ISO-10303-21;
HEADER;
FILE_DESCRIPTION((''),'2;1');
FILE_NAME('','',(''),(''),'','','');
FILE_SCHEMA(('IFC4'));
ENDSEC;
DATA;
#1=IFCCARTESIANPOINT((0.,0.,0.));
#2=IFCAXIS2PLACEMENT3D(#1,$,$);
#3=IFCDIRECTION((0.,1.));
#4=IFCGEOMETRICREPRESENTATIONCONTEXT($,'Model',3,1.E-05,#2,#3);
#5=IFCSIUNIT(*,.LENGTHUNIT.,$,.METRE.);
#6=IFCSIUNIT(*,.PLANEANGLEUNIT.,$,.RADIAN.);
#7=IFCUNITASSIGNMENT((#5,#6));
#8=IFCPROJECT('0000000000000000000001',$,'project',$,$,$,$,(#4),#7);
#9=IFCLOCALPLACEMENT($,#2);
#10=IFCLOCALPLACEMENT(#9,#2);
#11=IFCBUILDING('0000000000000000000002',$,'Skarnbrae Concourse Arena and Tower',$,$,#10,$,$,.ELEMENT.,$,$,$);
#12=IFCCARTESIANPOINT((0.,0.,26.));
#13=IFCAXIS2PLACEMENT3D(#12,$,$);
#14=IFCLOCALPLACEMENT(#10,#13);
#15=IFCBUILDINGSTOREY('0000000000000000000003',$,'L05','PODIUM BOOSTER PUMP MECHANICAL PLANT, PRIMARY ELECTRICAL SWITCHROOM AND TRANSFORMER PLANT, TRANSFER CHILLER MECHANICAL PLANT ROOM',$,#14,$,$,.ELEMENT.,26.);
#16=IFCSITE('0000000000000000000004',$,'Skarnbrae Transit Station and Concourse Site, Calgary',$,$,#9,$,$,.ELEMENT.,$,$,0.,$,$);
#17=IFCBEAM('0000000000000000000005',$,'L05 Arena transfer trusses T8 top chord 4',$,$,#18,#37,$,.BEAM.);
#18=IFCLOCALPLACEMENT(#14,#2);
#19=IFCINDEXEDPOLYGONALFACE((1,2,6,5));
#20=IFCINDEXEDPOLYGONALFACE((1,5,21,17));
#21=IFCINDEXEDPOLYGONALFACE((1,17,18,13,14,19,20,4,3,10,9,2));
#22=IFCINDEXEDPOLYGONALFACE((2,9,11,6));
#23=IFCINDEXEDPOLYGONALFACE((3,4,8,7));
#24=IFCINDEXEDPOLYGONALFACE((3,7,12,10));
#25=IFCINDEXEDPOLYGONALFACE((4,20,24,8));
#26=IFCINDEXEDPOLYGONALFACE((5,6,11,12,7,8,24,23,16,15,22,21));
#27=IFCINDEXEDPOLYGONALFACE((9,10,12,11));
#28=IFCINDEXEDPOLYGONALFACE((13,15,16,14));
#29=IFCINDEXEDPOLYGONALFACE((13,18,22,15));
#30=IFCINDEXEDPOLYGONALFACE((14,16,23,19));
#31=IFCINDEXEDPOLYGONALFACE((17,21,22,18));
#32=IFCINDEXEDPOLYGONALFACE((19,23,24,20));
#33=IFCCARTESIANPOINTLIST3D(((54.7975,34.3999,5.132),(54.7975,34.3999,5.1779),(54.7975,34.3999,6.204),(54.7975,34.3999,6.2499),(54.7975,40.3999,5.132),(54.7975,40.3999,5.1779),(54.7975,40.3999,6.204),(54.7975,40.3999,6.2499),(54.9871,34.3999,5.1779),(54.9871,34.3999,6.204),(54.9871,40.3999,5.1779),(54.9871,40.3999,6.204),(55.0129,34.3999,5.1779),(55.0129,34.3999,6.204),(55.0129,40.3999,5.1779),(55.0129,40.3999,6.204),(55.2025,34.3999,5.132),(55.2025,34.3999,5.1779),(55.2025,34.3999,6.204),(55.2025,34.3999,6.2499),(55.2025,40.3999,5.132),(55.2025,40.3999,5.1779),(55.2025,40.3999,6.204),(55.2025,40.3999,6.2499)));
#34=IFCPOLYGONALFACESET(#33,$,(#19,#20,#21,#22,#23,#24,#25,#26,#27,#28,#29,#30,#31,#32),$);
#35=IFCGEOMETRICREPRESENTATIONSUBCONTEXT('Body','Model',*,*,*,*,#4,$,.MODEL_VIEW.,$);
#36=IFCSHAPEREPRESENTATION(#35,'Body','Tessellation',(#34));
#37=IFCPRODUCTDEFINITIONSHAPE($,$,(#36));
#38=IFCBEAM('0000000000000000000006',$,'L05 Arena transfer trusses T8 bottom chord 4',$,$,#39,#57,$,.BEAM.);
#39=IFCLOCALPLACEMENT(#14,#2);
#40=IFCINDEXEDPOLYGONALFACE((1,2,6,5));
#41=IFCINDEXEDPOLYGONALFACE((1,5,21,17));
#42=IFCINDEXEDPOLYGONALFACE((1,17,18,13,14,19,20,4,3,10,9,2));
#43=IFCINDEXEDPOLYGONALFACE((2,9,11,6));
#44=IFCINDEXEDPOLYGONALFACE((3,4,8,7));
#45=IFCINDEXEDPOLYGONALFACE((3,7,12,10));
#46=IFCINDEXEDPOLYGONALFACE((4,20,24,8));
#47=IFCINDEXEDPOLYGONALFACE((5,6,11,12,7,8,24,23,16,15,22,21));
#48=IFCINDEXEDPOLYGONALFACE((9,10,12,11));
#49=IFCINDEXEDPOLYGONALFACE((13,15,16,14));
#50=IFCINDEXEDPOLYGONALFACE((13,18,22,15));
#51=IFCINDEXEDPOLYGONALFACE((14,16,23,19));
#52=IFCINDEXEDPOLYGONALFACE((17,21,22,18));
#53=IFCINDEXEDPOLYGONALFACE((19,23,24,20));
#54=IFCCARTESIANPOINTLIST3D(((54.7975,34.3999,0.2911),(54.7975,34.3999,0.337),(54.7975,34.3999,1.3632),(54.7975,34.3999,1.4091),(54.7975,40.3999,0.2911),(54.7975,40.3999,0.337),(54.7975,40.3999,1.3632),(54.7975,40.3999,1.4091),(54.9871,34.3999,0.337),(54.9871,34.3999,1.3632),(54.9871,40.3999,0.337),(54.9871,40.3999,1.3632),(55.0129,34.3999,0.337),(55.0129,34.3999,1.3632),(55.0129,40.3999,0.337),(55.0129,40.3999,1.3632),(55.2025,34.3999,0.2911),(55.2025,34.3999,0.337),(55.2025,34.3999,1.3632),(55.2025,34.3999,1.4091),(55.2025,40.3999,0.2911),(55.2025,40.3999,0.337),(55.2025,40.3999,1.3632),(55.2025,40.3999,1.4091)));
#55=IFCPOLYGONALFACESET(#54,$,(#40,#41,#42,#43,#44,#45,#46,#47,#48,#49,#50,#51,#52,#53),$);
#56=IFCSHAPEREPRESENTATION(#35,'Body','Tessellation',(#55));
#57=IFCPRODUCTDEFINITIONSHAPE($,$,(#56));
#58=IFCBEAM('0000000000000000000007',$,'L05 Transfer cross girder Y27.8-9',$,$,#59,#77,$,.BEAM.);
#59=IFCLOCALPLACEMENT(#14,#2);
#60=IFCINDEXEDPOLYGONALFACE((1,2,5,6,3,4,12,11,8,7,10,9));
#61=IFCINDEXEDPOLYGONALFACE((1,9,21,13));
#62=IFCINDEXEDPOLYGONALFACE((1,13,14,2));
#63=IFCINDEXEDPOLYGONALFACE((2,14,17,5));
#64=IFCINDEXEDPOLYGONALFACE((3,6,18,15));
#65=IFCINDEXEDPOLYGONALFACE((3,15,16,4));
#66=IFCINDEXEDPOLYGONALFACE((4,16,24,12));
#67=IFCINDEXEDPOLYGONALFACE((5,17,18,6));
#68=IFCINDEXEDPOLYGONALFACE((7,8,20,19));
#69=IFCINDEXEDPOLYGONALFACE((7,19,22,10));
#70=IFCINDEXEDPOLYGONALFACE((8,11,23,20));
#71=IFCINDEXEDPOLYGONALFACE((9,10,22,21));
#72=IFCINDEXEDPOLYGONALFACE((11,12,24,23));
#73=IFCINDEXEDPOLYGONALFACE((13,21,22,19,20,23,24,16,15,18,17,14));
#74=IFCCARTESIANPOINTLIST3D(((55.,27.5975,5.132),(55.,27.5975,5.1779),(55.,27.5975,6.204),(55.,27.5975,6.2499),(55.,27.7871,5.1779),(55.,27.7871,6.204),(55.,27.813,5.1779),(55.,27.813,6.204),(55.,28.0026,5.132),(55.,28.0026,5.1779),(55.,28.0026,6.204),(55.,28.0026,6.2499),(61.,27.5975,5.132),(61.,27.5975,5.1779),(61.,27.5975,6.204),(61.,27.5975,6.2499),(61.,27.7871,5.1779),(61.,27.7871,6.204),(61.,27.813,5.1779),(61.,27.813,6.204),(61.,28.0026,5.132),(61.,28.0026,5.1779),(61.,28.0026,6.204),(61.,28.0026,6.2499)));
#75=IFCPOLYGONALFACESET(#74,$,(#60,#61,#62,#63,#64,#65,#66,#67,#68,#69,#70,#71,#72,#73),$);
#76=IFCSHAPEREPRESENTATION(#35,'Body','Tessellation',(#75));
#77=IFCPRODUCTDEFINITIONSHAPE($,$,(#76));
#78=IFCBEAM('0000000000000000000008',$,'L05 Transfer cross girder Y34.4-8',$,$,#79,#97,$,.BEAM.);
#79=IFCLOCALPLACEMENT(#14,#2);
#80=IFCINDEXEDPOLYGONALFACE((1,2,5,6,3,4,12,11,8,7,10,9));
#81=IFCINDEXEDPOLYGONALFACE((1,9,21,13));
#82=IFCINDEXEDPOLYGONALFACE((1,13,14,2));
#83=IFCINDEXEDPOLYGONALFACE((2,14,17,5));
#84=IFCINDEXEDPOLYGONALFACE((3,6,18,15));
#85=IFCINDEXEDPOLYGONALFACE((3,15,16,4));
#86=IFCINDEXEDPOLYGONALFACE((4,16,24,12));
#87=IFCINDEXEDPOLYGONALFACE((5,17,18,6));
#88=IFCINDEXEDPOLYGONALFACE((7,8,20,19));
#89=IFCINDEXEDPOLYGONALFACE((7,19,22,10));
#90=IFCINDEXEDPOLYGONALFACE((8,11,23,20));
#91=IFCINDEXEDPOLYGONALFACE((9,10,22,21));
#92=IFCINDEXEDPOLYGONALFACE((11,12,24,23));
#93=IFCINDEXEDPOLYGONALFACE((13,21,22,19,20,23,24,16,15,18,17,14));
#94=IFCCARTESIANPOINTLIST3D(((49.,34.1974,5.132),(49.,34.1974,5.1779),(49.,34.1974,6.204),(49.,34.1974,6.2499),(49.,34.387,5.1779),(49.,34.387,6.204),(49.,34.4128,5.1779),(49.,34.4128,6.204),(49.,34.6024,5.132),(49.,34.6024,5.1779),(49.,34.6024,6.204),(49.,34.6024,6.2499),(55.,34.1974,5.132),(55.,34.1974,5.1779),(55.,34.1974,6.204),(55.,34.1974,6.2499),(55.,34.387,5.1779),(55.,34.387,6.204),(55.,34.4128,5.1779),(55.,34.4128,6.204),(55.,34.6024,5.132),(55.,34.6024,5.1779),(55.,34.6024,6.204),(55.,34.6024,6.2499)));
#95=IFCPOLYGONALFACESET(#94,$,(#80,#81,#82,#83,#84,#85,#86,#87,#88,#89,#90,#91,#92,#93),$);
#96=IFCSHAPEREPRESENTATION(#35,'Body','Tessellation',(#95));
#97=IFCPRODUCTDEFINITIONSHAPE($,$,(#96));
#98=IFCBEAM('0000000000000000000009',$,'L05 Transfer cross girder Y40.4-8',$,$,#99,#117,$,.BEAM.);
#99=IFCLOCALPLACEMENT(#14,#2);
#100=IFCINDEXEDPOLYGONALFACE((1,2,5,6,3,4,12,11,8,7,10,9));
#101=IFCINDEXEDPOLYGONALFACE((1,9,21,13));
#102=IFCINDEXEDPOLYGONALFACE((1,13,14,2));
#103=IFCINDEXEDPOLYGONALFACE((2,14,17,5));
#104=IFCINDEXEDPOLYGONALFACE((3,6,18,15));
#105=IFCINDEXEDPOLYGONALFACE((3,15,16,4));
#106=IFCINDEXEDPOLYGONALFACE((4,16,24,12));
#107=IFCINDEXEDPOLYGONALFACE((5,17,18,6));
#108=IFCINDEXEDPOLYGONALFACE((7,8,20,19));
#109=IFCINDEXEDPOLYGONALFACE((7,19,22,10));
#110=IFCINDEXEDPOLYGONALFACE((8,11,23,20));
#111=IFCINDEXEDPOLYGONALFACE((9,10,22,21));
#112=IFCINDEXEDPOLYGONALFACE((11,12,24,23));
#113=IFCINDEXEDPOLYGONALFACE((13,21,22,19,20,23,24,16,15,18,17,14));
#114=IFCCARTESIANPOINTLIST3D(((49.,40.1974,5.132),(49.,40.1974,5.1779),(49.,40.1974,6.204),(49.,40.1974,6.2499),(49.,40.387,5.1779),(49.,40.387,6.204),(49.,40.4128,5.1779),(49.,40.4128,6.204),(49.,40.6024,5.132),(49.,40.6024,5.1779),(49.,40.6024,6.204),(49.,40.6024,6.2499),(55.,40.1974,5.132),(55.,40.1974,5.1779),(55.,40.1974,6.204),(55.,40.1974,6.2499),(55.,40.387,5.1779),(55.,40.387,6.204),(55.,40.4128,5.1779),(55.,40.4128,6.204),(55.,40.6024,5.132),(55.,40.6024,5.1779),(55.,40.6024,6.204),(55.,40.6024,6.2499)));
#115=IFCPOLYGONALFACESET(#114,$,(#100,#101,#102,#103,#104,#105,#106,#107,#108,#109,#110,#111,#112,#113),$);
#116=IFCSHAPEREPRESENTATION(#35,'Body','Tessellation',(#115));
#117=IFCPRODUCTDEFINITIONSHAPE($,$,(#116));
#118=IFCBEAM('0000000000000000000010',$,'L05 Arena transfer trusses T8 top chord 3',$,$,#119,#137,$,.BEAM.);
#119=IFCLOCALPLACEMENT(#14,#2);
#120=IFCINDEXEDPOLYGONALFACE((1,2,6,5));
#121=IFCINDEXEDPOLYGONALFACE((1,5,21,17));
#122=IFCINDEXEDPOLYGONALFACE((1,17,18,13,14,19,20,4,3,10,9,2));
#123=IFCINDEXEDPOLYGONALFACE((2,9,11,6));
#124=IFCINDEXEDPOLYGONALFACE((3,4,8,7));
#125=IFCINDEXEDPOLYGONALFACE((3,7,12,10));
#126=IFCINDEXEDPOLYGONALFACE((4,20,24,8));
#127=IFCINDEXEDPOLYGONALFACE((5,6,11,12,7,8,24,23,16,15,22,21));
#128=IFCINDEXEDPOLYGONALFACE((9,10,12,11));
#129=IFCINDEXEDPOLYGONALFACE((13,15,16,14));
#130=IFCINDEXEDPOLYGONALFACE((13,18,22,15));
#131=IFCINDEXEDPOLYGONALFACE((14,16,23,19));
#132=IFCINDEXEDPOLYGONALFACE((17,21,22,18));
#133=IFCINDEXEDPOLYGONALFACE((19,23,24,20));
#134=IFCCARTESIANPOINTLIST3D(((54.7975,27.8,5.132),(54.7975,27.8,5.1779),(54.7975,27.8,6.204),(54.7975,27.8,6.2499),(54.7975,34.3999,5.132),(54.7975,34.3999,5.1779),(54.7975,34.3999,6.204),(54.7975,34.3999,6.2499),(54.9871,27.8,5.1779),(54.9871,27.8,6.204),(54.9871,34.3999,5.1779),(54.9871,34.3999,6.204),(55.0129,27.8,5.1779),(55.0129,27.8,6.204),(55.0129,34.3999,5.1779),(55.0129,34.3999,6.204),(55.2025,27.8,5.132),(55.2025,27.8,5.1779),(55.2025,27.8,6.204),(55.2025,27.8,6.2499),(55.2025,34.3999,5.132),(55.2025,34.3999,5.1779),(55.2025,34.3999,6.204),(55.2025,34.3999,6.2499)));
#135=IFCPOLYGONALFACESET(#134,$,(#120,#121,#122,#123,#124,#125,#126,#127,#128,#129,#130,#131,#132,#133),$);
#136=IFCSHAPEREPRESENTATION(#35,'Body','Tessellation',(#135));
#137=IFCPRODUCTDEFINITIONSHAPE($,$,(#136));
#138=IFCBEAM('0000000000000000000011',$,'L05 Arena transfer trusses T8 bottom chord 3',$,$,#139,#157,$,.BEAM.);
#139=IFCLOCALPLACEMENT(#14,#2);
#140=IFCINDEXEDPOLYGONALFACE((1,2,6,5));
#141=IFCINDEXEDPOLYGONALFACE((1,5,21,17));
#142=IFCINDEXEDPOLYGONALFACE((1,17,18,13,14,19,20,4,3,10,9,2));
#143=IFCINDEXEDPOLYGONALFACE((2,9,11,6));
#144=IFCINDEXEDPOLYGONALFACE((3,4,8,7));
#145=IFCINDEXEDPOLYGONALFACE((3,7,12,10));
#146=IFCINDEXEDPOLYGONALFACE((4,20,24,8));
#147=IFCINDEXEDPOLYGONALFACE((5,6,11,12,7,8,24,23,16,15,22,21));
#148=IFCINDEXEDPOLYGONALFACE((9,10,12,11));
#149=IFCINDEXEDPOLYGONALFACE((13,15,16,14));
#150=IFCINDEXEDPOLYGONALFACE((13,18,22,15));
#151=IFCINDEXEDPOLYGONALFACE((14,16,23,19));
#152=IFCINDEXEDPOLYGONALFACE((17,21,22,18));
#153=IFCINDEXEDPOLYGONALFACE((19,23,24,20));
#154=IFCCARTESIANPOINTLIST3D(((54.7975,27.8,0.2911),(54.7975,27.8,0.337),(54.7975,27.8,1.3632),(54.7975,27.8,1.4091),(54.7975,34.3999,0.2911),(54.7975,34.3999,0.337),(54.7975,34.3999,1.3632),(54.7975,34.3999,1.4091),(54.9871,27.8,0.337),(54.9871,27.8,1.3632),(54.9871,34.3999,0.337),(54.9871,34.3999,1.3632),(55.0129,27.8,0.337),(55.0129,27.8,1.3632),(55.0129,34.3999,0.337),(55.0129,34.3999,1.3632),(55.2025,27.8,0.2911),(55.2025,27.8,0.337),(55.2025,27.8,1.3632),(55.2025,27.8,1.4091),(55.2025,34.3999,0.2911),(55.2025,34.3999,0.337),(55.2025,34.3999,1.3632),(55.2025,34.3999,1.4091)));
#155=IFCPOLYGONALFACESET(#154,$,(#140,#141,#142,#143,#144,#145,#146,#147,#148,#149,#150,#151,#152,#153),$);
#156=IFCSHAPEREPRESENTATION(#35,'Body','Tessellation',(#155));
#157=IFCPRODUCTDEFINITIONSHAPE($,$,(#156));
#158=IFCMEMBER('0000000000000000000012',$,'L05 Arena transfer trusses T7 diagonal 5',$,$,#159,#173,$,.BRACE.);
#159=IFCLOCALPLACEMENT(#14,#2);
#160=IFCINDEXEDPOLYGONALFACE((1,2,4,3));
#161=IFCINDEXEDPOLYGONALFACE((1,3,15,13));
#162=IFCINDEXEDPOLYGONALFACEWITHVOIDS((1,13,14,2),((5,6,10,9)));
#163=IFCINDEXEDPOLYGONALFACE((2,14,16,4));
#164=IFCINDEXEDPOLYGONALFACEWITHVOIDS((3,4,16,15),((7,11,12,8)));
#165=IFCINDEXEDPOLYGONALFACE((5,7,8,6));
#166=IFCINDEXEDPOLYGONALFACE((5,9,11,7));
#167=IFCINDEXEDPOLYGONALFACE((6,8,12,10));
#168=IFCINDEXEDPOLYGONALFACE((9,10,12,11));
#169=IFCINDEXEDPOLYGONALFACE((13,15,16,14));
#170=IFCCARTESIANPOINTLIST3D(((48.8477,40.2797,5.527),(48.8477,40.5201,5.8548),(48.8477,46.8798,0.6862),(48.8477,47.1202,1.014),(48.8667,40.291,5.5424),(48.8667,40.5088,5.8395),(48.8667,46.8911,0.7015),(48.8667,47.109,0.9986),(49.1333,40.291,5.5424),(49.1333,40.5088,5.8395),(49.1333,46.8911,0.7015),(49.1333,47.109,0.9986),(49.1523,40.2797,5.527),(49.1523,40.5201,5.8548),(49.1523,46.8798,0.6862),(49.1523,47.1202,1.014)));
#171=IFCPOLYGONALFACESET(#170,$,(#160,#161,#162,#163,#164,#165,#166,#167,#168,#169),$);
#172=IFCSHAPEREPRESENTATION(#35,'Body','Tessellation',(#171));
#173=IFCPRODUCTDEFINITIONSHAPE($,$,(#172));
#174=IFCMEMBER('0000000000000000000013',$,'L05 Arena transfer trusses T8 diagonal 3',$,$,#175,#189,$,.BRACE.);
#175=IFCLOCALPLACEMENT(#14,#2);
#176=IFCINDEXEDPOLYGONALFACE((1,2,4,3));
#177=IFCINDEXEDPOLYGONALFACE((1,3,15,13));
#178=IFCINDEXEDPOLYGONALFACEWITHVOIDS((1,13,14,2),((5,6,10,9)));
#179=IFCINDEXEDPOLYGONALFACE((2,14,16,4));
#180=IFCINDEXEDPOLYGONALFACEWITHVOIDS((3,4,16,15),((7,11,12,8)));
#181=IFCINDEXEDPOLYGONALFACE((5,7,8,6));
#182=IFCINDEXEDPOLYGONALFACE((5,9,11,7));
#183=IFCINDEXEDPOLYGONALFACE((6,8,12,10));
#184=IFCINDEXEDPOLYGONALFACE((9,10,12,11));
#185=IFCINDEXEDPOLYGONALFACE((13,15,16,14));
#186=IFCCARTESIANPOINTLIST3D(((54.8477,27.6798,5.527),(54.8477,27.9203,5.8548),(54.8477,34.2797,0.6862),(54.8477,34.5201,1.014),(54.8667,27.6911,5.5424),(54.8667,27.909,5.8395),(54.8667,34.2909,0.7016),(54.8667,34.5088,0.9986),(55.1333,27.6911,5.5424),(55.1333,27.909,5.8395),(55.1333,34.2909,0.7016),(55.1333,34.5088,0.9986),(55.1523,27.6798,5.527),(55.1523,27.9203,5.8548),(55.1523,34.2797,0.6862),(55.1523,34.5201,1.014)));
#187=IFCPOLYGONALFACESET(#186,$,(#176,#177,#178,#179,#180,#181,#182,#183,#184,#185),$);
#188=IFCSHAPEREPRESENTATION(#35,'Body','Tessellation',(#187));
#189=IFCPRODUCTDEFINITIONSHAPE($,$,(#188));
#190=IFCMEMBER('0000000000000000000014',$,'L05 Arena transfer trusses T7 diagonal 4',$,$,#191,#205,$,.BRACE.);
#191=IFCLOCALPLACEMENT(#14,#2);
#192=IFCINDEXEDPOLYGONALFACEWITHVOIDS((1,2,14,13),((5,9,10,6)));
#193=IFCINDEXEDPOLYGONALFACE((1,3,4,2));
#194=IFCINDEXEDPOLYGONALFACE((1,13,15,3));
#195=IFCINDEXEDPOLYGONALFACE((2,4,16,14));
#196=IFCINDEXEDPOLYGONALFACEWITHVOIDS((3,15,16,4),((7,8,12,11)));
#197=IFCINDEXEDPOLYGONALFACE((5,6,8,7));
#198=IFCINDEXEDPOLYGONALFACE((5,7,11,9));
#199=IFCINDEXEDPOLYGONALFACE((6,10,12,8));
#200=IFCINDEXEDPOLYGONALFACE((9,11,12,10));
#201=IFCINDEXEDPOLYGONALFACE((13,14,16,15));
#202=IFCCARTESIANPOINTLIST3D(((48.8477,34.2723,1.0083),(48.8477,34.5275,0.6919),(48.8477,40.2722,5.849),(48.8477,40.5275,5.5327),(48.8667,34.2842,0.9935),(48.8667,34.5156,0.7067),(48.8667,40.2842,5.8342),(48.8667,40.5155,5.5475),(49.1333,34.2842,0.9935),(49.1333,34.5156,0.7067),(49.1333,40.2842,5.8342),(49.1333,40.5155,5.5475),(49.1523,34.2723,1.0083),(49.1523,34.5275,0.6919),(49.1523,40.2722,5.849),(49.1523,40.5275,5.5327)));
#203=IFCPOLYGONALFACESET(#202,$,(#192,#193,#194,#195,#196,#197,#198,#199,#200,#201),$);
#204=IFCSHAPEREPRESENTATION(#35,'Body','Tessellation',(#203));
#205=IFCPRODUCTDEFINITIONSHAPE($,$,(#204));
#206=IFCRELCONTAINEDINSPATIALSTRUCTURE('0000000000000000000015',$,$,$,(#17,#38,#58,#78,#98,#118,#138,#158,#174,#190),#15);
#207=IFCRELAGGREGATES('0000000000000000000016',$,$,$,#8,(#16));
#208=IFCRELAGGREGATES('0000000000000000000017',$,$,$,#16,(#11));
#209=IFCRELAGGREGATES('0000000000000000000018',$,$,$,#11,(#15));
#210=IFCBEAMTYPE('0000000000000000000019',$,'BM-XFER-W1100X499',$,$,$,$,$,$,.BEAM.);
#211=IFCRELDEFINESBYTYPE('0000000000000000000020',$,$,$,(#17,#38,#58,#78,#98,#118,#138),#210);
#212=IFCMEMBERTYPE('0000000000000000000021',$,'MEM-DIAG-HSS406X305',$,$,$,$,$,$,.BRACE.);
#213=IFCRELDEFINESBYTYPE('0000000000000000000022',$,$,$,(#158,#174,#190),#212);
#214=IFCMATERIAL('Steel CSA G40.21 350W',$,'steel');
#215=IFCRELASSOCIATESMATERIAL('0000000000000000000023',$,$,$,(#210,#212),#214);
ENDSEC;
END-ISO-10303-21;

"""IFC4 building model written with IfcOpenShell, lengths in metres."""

from ifc_helpers import new_model, si_unit, direction, frame, origin, origin_2d, place, context, subcontext, project, spatial, hollow_rectangle, i_section, extrude, source, transform, mapped, material, material_profile, profile_set, type_object, element, save


model = new_model("IFC4")

# Units and contexts
model_context = context("Model", 3, precision=1e-05, world=origin(), true_north=direction((0.0, 1.0)))
body_context = subcontext(model_context, "Body", "Model", "MODEL_VIEW")
ifc_project = project(units=[si_unit("LENGTHUNIT", "METRE"), si_unit("PLANEANGLEUNIT", "RADIAN")], contexts=[model_context])

# Site, building, storey
site_placement = place(None, origin())
site = spatial("IfcSite", under=ifc_project, at=site_placement, Name="Skarnbrae Transit Station and Concourse Site, Calgary", CompositionType="ELEMENT", RefElevation=0.0)
building_placement = place(site_placement, origin())
building = spatial("IfcBuilding", under=site, at=building_placement, Name="Skarnbrae Concourse Arena and Tower", CompositionType="ELEMENT")
storey_placement = place(building_placement, frame((0.0, 0.0, 26.0)))
storey = spatial("IfcBuildingStorey", under=building, at=storey_placement, Name="L05", Description="PODIUM BOOSTER PUMP MECHANICAL PLANT, PRIMARY ELECTRICAL SWITCHROOM AND TRANSFORMER PLANT, TRANSFER CHILLER MECHANICAL PLANT ROOM", CompositionType="ELEMENT", Elevation=26.0)

# Shared definitions
ifc_material = material(Name="Steel CSA G40.21 350W", Category="steel")

# Beams
ifc_material_profile_1 = material_profile(ifc_material, i_section(OverallWidth=0.405, OverallDepth=1.1179, WebThickness=0.0259, FlangeThickness=0.0459, at=origin_2d()), Name="W1100X499")
ifc_profile_set_1 = profile_set([ifc_material_profile_1], Name="Steel CSA G40.21 350W")
beam_type = type_object("IfcBeamType", Name="BM-XFER-W1100X499", PredefinedType="BEAM", material=ifc_profile_set_1)
shared_shape_1 = source(origin(), body_context, "Body", "SweptSolid", [
    extrude(i_section(OverallWidth=0.405, OverallDepth=1.1179, WebThickness=0.0259, FlangeThickness=0.0459, at=origin_2d()), origin(), (0.0, 0.0, 1.0), 6.0),
])
for number, where, z_axis, x_axis, name in (
    (1, (55.0, 34.3999, 5.6909), (0.0, 1.0, 0.0), (-1.0, 0.0, 0.0), "L05 Arena transfer trusses T8 top chord 4"),
    (2, (55.0, 34.3999, 0.8501), (0.0, 1.0, 0.0), (-1.0, 0.0, 0.0), "L05 Arena transfer trusses T8 bottom chord 4"),
    (3, (55.0, 27.8, 5.6909), (1.0, 0.0, 0.0), (0.0, 1.0, 0.0), "L05 Transfer cross girder Y27.8-9"),
    (4, (49.0, 34.3999, 5.6909), (1.0, 0.0, 0.0), (0.0, 1.0, 0.0), "L05 Transfer cross girder Y34.4-8"),
    (5, (49.0, 40.3999, 5.6909), (1.0, 0.0, 0.0), (0.0, 1.0, 0.0), "L05 Transfer cross girder Y40.4-8"),
):
    element("IfcBeam", number, at=place(storey_placement, frame(where, z_axis=z_axis, x_axis=x_axis)), inside=storey, type_object=beam_type, Name=name, PredefinedType="BEAM", context=body_context, shape_type="MappedRepresentation", body=[
        mapped(shared_shape_1, transform((0.0, 0.0, 0.0))),
    ])
shared_shape_2 = source(origin(), body_context, "Body", "SweptSolid", [
    extrude(i_section(OverallWidth=0.405, OverallDepth=1.1179, WebThickness=0.0259, FlangeThickness=0.0459, at=origin_2d()), origin(), (0.0, 0.0, 1.0), 6.5999),
])
for number, where, z_axis, x_axis, name in (
    (6, (55.0, 27.8, 5.6909), (0.0, 1.0, 0.0), (-1.0, 0.0, 0.0), "L05 Arena transfer trusses T8 top chord 3"),
    (7, (55.0, 27.8, 0.8501), (0.0, 1.0, 0.0), (-1.0, 0.0, 0.0), "L05 Arena transfer trusses T8 bottom chord 3"),
):
    element("IfcBeam", number, at=place(storey_placement, frame(where, z_axis=z_axis, x_axis=x_axis)), inside=storey, type_object=beam_type, Name=name, PredefinedType="BEAM", context=body_context, shape_type="MappedRepresentation", body=[
        mapped(shared_shape_2, transform((0.0, 0.0, 0.0))),
    ])

# Members
ifc_material_profile_2 = material_profile(ifc_material, hollow_rectangle(XDim=0.3047, YDim=0.4065, WallThickness=0.019, at=origin_2d()), Name="HSS406X305X19.0")
ifc_profile_set_2 = profile_set([ifc_material_profile_2], Name="Steel CSA G40.21 350W")
member_type = type_object("IfcMemberType", Name="MEM-DIAG-HSS406X305", PredefinedType="BRACE", material=ifc_profile_set_2)
shared_shape_3 = source(origin(), body_context, "Body", "SweptSolid", [
    extrude(hollow_rectangle(XDim=0.3047, YDim=0.4065, WallThickness=0.019, at=origin_2d()), origin(), (0.0, 0.0, 1.0), 8.1851),
])
member_1_placement = place(storey_placement, frame((49.0, 40.3999, 5.6909), z_axis=(0.0, 0.806361, -0.591423), x_axis=(-1.0, 0.0, 0.0)))
element("IfcMember", 8, at=member_1_placement, inside=storey, type_object=member_type, Name="L05 Arena transfer trusses T7 diagonal 5", PredefinedType="BRACE", context=body_context, shape_type="MappedRepresentation", body=[
    mapped(shared_shape_3, transform((0.0, 0.0, 0.0))),
])
shared_shape_4 = source(origin(), body_context, "Body", "SweptSolid", [
    extrude(hollow_rectangle(XDim=0.3047, YDim=0.4065, WallThickness=0.019, at=origin_2d()), origin(), (0.0, 0.0, 1.0), 8.1848),
])
member_2_placement = place(storey_placement, frame((55.0, 27.8, 5.6909), z_axis=(0.0, 0.806351, -0.591437), x_axis=(-1.0, 0.0, 0.0)))
element("IfcMember", 9, at=member_2_placement, inside=storey, type_object=member_type, Name="L05 Arena transfer trusses T8 diagonal 3", PredefinedType="BRACE", context=body_context, shape_type="MappedRepresentation", body=[
    mapped(shared_shape_4, transform((0.0, 0.0, 0.0))),
])
shared_shape_5 = source(origin(), body_context, "Body", "SweptSolid", [
    extrude(hollow_rectangle(XDim=0.3047, YDim=0.4065, WallThickness=0.019, at=origin_2d()), origin(), (0.0, 0.0, 1.0), 7.7092),
])
for number, where, z_axis, x_axis, name in (
    (10, (49.0, 34.3999, 0.8501), (0.0, 0.778279, 0.627918), (-1.0, 0.0, 0.0), "L05 Arena transfer trusses T7 diagonal 4"),
):
    element("IfcMember", number, at=place(storey_placement, frame(where, z_axis=z_axis, x_axis=x_axis)), inside=storey, type_object=member_type, Name=name, PredefinedType="BRACE", context=body_context, shape_type="MappedRepresentation", body=[
        mapped(shared_shape_5, transform((0.0, 0.0, 0.0))),
    ])

save(model, "model.ifc")
